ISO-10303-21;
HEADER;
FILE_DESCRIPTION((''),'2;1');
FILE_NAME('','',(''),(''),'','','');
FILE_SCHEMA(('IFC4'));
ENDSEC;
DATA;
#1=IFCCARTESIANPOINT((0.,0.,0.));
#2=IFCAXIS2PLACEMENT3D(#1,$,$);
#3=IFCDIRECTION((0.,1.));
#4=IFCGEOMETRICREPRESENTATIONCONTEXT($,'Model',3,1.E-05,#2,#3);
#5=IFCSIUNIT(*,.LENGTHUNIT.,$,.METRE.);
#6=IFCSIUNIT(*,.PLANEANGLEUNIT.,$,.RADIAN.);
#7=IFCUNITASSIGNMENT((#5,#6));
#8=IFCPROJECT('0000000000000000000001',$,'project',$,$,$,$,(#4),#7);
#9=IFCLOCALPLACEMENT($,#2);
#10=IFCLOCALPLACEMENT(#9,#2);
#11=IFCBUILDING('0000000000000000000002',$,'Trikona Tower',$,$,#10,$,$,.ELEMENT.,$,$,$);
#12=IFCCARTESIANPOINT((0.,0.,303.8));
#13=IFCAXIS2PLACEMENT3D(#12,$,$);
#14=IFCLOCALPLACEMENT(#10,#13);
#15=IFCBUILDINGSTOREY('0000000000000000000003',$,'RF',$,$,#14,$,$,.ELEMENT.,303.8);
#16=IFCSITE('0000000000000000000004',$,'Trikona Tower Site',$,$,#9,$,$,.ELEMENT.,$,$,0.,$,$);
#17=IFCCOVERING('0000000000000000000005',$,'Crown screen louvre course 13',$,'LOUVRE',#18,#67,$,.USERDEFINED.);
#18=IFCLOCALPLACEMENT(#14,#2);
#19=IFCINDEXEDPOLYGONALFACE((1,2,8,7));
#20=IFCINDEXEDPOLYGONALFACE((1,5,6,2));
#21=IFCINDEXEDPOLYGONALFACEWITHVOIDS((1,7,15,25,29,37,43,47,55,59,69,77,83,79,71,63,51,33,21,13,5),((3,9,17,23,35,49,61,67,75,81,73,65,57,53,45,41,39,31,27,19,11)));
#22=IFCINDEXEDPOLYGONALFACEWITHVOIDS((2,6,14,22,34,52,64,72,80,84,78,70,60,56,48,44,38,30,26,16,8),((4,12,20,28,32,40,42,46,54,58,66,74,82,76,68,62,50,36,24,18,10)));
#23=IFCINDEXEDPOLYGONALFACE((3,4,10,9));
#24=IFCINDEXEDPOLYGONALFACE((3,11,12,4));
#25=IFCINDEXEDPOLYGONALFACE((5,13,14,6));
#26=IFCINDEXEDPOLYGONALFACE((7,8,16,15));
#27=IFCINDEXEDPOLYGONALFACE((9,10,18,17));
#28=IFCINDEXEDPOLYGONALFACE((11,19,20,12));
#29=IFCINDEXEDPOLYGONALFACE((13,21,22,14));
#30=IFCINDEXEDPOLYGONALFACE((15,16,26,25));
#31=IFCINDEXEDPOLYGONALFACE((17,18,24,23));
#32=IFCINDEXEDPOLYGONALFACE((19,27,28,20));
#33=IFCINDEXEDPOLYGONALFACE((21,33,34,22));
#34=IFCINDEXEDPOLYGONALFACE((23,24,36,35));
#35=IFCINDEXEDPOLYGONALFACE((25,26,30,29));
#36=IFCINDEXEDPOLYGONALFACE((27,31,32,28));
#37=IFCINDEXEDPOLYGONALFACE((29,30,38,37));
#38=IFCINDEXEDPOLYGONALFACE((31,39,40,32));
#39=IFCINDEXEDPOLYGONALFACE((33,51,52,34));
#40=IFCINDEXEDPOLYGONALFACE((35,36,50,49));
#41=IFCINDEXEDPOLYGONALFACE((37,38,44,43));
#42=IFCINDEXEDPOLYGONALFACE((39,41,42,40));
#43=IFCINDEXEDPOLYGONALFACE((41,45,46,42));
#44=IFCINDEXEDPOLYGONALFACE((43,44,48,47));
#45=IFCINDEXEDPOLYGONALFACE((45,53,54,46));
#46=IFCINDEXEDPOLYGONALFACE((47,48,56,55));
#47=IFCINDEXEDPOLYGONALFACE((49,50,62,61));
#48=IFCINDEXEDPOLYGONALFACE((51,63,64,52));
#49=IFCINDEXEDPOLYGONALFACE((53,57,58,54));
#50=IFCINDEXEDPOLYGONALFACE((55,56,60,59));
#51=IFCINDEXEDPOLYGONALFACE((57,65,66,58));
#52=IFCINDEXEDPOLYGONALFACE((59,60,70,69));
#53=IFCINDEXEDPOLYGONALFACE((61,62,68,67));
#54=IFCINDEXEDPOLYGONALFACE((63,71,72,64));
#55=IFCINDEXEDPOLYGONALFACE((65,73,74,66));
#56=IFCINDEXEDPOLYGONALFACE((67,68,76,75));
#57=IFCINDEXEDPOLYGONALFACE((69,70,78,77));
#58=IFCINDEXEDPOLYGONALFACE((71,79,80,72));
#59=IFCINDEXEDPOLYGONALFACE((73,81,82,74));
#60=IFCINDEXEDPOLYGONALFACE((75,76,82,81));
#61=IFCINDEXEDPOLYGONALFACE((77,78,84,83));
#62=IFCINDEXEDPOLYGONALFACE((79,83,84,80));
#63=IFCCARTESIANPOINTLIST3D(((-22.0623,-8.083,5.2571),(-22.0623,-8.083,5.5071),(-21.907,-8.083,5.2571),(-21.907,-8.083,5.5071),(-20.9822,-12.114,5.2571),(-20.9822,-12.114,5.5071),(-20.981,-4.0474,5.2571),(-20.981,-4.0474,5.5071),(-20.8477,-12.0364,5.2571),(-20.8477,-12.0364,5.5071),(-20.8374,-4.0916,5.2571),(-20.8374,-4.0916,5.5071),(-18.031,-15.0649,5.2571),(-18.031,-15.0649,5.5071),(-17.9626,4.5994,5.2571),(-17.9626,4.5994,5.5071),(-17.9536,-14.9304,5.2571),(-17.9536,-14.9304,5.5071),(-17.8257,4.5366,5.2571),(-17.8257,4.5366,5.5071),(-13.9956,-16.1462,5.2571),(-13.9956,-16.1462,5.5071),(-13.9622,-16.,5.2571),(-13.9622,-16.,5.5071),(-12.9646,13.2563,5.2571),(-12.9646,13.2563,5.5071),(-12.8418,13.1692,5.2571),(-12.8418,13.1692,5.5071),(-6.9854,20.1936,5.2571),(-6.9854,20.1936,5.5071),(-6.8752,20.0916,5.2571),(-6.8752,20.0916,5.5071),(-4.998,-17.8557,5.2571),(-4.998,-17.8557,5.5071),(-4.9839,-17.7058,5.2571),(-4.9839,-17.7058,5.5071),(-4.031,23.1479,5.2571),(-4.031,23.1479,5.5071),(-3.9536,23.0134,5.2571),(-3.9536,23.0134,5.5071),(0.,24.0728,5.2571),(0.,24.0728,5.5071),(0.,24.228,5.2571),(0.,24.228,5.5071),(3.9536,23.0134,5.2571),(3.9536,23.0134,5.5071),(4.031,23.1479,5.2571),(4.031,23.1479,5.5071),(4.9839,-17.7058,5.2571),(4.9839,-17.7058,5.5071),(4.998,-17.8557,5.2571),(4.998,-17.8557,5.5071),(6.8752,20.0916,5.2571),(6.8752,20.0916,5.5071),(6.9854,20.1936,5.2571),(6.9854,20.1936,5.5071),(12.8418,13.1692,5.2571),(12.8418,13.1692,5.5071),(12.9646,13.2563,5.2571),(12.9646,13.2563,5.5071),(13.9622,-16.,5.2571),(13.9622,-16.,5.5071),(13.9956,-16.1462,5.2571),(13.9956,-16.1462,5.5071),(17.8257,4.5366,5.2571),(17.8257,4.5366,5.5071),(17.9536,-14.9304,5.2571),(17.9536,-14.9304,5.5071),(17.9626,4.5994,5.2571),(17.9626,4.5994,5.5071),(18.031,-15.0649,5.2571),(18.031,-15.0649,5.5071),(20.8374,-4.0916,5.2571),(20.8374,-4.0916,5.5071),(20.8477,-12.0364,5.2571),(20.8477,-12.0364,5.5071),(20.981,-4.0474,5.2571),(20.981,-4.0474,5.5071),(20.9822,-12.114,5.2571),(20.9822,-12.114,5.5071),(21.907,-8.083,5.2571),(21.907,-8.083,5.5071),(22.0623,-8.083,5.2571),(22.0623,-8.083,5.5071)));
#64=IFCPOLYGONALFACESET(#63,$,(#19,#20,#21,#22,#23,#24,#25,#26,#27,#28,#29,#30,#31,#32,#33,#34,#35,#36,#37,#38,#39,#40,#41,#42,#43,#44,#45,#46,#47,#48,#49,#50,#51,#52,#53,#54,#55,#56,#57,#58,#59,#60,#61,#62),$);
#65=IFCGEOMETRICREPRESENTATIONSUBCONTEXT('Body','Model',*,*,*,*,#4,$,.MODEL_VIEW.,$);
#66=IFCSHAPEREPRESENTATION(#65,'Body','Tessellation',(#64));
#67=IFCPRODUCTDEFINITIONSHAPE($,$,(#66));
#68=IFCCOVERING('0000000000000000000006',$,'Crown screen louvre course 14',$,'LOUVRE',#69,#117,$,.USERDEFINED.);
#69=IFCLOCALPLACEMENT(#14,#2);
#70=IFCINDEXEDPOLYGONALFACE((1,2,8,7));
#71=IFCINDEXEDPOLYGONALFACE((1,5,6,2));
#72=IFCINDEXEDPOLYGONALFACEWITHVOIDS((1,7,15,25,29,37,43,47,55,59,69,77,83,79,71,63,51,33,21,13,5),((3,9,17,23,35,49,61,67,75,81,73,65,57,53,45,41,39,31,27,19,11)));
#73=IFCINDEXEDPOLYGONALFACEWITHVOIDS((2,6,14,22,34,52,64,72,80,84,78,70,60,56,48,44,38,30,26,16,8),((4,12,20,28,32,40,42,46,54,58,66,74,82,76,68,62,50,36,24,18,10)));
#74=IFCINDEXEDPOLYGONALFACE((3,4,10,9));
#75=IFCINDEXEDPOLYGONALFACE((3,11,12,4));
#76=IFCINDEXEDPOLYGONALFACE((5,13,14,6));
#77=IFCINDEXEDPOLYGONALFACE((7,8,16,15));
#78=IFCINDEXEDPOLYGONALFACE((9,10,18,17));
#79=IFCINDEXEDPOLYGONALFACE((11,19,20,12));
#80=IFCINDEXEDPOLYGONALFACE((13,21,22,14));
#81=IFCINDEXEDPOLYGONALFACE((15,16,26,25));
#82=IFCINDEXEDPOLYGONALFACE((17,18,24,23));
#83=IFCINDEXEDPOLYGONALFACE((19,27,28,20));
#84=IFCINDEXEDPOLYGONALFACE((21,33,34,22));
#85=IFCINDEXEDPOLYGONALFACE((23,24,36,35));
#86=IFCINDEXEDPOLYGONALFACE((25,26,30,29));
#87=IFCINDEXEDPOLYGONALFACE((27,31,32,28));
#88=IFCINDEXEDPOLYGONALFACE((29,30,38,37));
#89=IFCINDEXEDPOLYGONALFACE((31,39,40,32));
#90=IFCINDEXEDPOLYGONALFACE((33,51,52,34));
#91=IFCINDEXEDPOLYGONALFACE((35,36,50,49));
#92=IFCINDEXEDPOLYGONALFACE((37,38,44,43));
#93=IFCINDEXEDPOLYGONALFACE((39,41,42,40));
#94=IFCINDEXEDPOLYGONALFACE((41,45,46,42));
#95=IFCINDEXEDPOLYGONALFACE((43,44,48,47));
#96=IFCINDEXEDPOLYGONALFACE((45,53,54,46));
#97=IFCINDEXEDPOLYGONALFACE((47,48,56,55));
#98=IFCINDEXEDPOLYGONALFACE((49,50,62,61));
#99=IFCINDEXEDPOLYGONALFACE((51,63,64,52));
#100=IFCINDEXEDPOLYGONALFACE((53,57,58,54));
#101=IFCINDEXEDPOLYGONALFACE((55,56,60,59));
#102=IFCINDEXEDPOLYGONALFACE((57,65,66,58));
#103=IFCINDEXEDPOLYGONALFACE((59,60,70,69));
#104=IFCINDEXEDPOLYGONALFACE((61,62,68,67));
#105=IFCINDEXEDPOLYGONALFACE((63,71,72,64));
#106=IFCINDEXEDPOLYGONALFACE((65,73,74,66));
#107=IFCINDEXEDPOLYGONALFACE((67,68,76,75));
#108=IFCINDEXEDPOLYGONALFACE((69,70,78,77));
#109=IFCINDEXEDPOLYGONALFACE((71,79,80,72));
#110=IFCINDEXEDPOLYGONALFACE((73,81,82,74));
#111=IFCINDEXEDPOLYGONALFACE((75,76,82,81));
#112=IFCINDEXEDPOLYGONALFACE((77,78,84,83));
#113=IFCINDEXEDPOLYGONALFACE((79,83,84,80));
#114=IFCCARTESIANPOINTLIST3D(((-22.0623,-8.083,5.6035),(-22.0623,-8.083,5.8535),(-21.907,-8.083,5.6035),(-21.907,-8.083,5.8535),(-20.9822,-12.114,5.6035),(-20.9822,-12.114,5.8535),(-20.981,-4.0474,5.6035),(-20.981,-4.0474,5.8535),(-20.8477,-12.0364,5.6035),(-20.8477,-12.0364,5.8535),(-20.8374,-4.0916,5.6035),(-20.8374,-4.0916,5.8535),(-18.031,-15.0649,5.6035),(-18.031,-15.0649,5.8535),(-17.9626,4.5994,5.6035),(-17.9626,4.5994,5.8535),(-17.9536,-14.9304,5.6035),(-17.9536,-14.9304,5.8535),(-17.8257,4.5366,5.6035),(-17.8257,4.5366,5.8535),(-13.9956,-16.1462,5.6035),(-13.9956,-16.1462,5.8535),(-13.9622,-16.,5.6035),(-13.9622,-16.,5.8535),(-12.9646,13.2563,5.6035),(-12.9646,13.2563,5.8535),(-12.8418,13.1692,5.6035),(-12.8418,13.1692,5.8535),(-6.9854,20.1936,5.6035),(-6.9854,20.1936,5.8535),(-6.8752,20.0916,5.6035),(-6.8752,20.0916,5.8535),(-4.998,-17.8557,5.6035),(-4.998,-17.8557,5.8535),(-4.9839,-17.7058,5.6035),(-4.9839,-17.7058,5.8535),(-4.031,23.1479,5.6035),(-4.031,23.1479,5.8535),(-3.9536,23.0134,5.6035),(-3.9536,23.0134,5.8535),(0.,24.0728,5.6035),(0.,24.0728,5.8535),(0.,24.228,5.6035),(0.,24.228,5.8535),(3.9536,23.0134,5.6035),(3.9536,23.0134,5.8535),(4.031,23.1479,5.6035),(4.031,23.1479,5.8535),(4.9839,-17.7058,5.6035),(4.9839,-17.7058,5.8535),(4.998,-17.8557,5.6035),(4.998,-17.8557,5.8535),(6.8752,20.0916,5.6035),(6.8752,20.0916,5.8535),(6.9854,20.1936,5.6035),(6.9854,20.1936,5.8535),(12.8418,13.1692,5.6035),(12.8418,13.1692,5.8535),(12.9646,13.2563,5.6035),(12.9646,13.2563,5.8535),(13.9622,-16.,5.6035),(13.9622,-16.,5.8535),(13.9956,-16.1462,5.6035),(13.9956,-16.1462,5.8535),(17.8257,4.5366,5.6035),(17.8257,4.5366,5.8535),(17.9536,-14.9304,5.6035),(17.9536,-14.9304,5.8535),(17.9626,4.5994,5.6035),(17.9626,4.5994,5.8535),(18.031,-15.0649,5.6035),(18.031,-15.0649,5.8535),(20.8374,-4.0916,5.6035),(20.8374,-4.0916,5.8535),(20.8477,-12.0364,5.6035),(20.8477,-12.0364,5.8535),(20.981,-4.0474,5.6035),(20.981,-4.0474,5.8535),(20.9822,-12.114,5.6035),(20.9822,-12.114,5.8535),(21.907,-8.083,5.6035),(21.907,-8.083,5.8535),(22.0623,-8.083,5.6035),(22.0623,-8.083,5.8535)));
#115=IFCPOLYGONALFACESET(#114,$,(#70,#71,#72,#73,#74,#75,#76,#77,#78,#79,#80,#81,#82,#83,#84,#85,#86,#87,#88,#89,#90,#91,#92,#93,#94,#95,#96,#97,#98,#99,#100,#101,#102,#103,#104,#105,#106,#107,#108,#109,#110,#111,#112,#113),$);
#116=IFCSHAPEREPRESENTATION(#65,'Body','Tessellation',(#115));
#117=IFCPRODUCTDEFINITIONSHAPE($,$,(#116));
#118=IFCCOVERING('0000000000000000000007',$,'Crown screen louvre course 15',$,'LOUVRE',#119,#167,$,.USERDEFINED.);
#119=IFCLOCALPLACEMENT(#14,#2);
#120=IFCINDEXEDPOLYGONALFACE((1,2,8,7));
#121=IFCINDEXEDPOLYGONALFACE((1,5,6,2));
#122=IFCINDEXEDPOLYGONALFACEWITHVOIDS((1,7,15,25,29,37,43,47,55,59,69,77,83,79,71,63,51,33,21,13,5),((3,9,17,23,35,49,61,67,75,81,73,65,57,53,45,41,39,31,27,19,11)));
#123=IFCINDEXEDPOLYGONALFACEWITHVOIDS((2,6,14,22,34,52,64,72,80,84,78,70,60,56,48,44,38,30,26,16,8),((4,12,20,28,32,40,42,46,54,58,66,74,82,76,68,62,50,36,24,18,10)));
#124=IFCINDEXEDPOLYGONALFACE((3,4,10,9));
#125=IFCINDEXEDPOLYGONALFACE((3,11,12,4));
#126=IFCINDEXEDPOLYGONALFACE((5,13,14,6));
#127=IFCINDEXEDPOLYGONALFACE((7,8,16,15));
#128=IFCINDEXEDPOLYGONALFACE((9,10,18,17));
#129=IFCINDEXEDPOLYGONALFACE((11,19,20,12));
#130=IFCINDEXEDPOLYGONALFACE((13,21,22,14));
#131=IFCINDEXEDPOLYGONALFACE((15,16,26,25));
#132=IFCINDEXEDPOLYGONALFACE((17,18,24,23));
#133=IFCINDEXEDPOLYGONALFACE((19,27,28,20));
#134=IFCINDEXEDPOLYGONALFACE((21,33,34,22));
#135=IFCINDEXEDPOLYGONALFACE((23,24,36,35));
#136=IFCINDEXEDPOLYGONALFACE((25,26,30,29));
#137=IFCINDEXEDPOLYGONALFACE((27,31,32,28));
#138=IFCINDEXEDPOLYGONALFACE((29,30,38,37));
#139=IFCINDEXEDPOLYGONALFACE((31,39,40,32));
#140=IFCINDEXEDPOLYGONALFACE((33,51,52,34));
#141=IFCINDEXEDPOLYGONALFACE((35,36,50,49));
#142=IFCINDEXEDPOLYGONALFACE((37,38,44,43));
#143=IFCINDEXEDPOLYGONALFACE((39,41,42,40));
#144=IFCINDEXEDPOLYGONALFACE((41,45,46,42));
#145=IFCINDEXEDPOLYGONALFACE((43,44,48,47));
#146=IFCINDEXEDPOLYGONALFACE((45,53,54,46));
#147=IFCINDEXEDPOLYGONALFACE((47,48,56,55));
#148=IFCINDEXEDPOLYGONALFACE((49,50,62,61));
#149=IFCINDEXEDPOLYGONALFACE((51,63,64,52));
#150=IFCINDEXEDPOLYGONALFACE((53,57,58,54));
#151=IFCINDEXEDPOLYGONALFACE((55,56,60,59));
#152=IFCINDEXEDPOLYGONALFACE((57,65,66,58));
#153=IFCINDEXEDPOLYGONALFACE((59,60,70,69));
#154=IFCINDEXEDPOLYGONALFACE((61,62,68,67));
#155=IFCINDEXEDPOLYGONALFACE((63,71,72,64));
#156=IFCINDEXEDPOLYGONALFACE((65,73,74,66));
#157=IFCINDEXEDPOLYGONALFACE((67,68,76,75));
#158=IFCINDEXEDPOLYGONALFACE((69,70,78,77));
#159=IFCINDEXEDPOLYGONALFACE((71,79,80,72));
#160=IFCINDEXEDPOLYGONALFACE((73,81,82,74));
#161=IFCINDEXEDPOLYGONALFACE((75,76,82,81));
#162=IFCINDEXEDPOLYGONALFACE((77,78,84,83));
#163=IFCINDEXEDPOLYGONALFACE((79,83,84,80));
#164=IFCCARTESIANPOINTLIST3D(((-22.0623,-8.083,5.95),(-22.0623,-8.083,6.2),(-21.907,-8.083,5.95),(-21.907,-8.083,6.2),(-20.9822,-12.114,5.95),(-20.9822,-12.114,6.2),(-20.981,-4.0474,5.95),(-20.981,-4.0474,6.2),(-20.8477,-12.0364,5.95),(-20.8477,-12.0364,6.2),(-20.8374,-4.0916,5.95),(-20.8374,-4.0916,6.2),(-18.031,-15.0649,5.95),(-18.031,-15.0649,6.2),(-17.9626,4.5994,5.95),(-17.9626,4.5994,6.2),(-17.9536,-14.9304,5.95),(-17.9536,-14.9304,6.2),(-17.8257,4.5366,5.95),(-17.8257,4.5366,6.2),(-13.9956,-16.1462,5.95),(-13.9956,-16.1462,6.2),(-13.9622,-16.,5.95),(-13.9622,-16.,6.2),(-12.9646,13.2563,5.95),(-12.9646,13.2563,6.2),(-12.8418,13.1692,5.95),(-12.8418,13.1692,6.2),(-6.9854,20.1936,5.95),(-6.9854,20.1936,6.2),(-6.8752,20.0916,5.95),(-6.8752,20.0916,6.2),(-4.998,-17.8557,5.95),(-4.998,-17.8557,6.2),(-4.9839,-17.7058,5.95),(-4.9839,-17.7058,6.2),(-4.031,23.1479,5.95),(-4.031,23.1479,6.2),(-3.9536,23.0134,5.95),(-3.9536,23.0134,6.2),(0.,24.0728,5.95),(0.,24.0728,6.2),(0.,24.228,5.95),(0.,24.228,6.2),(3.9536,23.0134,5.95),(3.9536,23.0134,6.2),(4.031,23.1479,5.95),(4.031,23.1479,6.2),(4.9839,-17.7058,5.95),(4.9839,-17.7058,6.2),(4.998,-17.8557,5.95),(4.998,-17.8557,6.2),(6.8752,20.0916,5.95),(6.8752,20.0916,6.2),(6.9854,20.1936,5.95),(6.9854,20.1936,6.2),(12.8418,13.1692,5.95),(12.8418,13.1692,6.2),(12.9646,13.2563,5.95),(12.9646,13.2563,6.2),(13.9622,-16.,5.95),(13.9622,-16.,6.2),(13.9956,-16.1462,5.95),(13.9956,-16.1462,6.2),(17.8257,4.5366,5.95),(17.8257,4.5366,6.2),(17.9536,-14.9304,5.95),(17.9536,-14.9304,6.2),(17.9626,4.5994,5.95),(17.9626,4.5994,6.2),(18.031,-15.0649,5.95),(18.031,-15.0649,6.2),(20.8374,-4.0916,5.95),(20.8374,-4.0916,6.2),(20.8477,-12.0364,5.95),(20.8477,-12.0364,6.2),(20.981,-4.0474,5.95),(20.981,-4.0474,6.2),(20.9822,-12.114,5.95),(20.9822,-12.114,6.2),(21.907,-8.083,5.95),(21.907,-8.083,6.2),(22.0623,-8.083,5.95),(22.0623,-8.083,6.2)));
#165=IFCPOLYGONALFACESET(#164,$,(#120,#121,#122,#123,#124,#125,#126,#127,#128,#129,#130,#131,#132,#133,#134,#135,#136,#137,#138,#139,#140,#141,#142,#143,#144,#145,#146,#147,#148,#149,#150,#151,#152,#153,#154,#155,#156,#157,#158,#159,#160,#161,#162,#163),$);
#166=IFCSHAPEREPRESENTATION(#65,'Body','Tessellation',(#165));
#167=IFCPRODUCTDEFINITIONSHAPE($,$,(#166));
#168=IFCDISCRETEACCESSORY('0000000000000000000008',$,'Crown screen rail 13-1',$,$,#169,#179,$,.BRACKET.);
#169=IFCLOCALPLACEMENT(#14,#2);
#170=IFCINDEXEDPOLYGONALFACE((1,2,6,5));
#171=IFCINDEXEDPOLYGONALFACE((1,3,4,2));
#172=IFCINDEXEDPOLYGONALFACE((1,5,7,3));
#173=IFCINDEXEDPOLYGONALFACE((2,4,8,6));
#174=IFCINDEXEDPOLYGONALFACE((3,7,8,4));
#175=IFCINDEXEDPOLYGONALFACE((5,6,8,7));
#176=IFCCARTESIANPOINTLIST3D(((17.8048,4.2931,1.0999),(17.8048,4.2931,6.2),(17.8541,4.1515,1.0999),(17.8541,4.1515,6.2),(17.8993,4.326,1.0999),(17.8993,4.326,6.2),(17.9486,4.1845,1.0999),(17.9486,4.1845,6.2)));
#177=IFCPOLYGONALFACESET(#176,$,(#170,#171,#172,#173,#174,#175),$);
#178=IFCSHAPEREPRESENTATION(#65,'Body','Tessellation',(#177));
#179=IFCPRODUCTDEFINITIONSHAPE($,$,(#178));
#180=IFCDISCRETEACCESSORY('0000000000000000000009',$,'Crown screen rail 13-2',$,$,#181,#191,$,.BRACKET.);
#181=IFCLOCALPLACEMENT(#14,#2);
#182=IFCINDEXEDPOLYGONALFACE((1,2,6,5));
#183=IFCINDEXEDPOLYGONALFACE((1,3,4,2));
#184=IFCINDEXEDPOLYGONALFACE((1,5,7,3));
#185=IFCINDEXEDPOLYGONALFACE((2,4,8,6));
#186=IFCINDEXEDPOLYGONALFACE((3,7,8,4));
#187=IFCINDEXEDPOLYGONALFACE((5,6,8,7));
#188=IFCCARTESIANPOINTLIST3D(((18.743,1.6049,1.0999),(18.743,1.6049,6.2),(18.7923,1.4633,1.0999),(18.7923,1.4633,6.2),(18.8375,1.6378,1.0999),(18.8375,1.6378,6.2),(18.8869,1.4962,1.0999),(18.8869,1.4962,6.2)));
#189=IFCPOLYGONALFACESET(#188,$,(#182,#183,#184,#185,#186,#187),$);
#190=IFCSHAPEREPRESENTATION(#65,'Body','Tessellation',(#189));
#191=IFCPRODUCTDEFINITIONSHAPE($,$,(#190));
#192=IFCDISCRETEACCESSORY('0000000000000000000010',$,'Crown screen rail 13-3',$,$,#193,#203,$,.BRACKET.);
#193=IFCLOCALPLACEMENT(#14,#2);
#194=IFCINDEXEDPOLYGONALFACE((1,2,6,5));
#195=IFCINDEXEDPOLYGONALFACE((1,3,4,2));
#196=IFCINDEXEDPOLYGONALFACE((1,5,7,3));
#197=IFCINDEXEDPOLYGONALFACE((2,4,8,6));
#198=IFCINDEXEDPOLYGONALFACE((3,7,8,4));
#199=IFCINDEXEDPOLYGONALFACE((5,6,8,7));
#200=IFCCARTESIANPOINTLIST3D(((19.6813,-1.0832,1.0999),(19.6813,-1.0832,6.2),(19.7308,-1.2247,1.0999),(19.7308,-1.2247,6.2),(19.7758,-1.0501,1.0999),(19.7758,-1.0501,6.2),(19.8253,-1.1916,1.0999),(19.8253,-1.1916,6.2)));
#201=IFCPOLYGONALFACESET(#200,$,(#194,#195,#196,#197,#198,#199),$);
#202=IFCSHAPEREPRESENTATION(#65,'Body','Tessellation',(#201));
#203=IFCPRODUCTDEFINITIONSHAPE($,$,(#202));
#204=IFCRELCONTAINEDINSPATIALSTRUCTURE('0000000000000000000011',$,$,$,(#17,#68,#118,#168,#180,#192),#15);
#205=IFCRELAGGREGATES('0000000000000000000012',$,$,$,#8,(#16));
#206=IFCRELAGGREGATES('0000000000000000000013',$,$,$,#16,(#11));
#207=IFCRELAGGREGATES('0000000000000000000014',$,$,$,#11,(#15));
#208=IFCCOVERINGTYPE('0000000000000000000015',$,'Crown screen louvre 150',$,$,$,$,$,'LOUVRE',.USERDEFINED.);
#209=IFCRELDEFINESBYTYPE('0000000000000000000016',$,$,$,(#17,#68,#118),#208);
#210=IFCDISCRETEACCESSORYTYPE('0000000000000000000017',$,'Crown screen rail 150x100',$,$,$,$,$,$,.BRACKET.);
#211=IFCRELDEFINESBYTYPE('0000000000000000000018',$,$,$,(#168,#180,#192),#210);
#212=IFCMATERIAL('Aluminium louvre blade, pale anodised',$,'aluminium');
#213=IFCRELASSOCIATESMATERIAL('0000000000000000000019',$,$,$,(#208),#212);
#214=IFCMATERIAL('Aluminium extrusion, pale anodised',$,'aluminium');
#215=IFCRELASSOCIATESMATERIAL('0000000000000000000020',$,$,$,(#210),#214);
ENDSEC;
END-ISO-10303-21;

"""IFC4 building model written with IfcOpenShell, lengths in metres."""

from ifc_helpers import new_model, si_unit, direction, frame, frame_2d, origin, place, context, subcontext, project, spatial, polyline, rectangle, outline, extrude, material, type_object, element, save


model = new_model("IFC4")

# Units and contexts
model_context = context("Model", 3, precision=1e-05, world=origin(), true_north=direction((0.0, 1.0)))
body_context = subcontext(model_context, "Body", "Model", "MODEL_VIEW")
ifc_project = project(units=[si_unit("LENGTHUNIT", "METRE"), si_unit("PLANEANGLEUNIT", "RADIAN")], contexts=[model_context])

# Site, building, storey
site_placement = place(None, origin())
site = spatial("IfcSite", under=ifc_project, at=site_placement, Name="Trikona Tower Site", CompositionType="ELEMENT", RefElevation=0.0)
building_placement = place(site_placement, origin())
building = spatial("IfcBuilding", under=site, at=building_placement, Name="Trikona Tower", CompositionType="ELEMENT")
storey_placement = place(building_placement, frame((0.0, 0.0, 303.8)))
storey = spatial("IfcBuildingStorey", under=building, at=storey_placement, Name="RF", CompositionType="ELEMENT", Elevation=303.8)

# Coverings
ifc_material_1 = material(Name="Aluminium louvre blade, pale anodised", Category="aluminium")
covering_type_1 = type_object("IfcCoveringType", Name="Crown screen louvre 150", ElementType="LOUVRE", PredefinedType="USERDEFINED", material=ifc_material_1)
for number, where, name in (
    (1, (0.0, 0.0, 5.2571), "Crown screen louvre course 13"),
    (2, (0.0, 0.0, 5.6035), "Crown screen louvre course 14"),
    (3, (0.0, 0.0, 5.95), "Crown screen louvre course 15"),
):
    element("IfcCovering", number, at=place(storey_placement, frame(where)), inside=storey, type_object=covering_type_1, Name=name, ObjectType="LOUVRE", PredefinedType="USERDEFINED", context=body_context, shape_type="SweptSolid", body=[
        extrude(outline(polyline([(-13.9956, -16.1462), (-18.031, -15.0649), (-20.9822, -12.114), (-22.0623, -8.083), (-20.981, -4.0474), (-17.9626, 4.5994), (-12.9646, 13.2563), (-6.9854, 20.1936), (-4.031, 23.1479), (0.0, 24.228), (4.031, 23.1479), (6.9854, 20.1936), (12.9646, 13.2563), (17.9626, 4.5994), (20.981, -4.0474), (22.0623, -8.083), (20.9822, -12.114), (18.031, -15.0649), (13.9956, -16.1462), (4.998, -17.8557), (-4.998, -17.8557), (-13.9956, -16.1462)]), holes=[polyline([(-13.9622, -16.0), (-17.9536, -14.9304), (-20.8477, -12.0364), (-21.907, -8.083), (-20.8374, -4.0916), (-17.8257, 4.5366), (-12.8418, 13.1692), (-6.8752, 20.0916), (-3.9536, 23.0134), (0.0, 24.0728), (3.9536, 23.0134), (6.8752, 20.0916), (12.8418, 13.1692), (17.8257, 4.5366), (20.8374, -4.0916), (21.907, -8.083), (20.8477, -12.0364), (17.9536, -14.9304), (13.9622, -16.0), (4.9839, -17.7058), (-4.9839, -17.7058), (-13.9622, -16.0)])]), origin(), (0.0, 0.0, 1.0), 0.25),
    ])

# Discrete accessories
ifc_material_2 = material(Name="Aluminium extrusion, pale anodised", Category="aluminium")
discrete_accessory_type_1 = type_object("IfcDiscreteAccessoryType", Name="Crown screen rail 150x100", PredefinedType="BRACKET", material=ifc_material_2)
for number, where, z_axis, x_axis, name in (
    (4, (17.8521, 4.3096, 1.0999), (0.0, 0.0, 1.0), (0.3289, -0.944365, 0.0), "Crown screen rail 13-1"),
    (5, (18.7903, 1.6213, 1.0999), (0.0, 0.0, 1.0), (0.3289, -0.944365, 0.0), "Crown screen rail 13-2"),
    (6, (19.7285, -1.0667, 1.0999), (0.0, 0.0, 1.0), (0.33035, -0.943858, 0.0), "Crown screen rail 13-3"),
):
    element("IfcDiscreteAccessory", number, at=place(storey_placement, frame(where, z_axis=z_axis, x_axis=x_axis)), inside=storey, type_object=discrete_accessory_type_1, Name=name, PredefinedType="BRACKET", context=body_context, shape_type="SweptSolid", body=[
        extrude(rectangle(XDim=0.1499, YDim=0.1001, at=frame_2d((0.075, 0.0))), origin(), (0.0, 0.0, 1.0), 5.1001),
    ])

save(model, "model.ifc")
